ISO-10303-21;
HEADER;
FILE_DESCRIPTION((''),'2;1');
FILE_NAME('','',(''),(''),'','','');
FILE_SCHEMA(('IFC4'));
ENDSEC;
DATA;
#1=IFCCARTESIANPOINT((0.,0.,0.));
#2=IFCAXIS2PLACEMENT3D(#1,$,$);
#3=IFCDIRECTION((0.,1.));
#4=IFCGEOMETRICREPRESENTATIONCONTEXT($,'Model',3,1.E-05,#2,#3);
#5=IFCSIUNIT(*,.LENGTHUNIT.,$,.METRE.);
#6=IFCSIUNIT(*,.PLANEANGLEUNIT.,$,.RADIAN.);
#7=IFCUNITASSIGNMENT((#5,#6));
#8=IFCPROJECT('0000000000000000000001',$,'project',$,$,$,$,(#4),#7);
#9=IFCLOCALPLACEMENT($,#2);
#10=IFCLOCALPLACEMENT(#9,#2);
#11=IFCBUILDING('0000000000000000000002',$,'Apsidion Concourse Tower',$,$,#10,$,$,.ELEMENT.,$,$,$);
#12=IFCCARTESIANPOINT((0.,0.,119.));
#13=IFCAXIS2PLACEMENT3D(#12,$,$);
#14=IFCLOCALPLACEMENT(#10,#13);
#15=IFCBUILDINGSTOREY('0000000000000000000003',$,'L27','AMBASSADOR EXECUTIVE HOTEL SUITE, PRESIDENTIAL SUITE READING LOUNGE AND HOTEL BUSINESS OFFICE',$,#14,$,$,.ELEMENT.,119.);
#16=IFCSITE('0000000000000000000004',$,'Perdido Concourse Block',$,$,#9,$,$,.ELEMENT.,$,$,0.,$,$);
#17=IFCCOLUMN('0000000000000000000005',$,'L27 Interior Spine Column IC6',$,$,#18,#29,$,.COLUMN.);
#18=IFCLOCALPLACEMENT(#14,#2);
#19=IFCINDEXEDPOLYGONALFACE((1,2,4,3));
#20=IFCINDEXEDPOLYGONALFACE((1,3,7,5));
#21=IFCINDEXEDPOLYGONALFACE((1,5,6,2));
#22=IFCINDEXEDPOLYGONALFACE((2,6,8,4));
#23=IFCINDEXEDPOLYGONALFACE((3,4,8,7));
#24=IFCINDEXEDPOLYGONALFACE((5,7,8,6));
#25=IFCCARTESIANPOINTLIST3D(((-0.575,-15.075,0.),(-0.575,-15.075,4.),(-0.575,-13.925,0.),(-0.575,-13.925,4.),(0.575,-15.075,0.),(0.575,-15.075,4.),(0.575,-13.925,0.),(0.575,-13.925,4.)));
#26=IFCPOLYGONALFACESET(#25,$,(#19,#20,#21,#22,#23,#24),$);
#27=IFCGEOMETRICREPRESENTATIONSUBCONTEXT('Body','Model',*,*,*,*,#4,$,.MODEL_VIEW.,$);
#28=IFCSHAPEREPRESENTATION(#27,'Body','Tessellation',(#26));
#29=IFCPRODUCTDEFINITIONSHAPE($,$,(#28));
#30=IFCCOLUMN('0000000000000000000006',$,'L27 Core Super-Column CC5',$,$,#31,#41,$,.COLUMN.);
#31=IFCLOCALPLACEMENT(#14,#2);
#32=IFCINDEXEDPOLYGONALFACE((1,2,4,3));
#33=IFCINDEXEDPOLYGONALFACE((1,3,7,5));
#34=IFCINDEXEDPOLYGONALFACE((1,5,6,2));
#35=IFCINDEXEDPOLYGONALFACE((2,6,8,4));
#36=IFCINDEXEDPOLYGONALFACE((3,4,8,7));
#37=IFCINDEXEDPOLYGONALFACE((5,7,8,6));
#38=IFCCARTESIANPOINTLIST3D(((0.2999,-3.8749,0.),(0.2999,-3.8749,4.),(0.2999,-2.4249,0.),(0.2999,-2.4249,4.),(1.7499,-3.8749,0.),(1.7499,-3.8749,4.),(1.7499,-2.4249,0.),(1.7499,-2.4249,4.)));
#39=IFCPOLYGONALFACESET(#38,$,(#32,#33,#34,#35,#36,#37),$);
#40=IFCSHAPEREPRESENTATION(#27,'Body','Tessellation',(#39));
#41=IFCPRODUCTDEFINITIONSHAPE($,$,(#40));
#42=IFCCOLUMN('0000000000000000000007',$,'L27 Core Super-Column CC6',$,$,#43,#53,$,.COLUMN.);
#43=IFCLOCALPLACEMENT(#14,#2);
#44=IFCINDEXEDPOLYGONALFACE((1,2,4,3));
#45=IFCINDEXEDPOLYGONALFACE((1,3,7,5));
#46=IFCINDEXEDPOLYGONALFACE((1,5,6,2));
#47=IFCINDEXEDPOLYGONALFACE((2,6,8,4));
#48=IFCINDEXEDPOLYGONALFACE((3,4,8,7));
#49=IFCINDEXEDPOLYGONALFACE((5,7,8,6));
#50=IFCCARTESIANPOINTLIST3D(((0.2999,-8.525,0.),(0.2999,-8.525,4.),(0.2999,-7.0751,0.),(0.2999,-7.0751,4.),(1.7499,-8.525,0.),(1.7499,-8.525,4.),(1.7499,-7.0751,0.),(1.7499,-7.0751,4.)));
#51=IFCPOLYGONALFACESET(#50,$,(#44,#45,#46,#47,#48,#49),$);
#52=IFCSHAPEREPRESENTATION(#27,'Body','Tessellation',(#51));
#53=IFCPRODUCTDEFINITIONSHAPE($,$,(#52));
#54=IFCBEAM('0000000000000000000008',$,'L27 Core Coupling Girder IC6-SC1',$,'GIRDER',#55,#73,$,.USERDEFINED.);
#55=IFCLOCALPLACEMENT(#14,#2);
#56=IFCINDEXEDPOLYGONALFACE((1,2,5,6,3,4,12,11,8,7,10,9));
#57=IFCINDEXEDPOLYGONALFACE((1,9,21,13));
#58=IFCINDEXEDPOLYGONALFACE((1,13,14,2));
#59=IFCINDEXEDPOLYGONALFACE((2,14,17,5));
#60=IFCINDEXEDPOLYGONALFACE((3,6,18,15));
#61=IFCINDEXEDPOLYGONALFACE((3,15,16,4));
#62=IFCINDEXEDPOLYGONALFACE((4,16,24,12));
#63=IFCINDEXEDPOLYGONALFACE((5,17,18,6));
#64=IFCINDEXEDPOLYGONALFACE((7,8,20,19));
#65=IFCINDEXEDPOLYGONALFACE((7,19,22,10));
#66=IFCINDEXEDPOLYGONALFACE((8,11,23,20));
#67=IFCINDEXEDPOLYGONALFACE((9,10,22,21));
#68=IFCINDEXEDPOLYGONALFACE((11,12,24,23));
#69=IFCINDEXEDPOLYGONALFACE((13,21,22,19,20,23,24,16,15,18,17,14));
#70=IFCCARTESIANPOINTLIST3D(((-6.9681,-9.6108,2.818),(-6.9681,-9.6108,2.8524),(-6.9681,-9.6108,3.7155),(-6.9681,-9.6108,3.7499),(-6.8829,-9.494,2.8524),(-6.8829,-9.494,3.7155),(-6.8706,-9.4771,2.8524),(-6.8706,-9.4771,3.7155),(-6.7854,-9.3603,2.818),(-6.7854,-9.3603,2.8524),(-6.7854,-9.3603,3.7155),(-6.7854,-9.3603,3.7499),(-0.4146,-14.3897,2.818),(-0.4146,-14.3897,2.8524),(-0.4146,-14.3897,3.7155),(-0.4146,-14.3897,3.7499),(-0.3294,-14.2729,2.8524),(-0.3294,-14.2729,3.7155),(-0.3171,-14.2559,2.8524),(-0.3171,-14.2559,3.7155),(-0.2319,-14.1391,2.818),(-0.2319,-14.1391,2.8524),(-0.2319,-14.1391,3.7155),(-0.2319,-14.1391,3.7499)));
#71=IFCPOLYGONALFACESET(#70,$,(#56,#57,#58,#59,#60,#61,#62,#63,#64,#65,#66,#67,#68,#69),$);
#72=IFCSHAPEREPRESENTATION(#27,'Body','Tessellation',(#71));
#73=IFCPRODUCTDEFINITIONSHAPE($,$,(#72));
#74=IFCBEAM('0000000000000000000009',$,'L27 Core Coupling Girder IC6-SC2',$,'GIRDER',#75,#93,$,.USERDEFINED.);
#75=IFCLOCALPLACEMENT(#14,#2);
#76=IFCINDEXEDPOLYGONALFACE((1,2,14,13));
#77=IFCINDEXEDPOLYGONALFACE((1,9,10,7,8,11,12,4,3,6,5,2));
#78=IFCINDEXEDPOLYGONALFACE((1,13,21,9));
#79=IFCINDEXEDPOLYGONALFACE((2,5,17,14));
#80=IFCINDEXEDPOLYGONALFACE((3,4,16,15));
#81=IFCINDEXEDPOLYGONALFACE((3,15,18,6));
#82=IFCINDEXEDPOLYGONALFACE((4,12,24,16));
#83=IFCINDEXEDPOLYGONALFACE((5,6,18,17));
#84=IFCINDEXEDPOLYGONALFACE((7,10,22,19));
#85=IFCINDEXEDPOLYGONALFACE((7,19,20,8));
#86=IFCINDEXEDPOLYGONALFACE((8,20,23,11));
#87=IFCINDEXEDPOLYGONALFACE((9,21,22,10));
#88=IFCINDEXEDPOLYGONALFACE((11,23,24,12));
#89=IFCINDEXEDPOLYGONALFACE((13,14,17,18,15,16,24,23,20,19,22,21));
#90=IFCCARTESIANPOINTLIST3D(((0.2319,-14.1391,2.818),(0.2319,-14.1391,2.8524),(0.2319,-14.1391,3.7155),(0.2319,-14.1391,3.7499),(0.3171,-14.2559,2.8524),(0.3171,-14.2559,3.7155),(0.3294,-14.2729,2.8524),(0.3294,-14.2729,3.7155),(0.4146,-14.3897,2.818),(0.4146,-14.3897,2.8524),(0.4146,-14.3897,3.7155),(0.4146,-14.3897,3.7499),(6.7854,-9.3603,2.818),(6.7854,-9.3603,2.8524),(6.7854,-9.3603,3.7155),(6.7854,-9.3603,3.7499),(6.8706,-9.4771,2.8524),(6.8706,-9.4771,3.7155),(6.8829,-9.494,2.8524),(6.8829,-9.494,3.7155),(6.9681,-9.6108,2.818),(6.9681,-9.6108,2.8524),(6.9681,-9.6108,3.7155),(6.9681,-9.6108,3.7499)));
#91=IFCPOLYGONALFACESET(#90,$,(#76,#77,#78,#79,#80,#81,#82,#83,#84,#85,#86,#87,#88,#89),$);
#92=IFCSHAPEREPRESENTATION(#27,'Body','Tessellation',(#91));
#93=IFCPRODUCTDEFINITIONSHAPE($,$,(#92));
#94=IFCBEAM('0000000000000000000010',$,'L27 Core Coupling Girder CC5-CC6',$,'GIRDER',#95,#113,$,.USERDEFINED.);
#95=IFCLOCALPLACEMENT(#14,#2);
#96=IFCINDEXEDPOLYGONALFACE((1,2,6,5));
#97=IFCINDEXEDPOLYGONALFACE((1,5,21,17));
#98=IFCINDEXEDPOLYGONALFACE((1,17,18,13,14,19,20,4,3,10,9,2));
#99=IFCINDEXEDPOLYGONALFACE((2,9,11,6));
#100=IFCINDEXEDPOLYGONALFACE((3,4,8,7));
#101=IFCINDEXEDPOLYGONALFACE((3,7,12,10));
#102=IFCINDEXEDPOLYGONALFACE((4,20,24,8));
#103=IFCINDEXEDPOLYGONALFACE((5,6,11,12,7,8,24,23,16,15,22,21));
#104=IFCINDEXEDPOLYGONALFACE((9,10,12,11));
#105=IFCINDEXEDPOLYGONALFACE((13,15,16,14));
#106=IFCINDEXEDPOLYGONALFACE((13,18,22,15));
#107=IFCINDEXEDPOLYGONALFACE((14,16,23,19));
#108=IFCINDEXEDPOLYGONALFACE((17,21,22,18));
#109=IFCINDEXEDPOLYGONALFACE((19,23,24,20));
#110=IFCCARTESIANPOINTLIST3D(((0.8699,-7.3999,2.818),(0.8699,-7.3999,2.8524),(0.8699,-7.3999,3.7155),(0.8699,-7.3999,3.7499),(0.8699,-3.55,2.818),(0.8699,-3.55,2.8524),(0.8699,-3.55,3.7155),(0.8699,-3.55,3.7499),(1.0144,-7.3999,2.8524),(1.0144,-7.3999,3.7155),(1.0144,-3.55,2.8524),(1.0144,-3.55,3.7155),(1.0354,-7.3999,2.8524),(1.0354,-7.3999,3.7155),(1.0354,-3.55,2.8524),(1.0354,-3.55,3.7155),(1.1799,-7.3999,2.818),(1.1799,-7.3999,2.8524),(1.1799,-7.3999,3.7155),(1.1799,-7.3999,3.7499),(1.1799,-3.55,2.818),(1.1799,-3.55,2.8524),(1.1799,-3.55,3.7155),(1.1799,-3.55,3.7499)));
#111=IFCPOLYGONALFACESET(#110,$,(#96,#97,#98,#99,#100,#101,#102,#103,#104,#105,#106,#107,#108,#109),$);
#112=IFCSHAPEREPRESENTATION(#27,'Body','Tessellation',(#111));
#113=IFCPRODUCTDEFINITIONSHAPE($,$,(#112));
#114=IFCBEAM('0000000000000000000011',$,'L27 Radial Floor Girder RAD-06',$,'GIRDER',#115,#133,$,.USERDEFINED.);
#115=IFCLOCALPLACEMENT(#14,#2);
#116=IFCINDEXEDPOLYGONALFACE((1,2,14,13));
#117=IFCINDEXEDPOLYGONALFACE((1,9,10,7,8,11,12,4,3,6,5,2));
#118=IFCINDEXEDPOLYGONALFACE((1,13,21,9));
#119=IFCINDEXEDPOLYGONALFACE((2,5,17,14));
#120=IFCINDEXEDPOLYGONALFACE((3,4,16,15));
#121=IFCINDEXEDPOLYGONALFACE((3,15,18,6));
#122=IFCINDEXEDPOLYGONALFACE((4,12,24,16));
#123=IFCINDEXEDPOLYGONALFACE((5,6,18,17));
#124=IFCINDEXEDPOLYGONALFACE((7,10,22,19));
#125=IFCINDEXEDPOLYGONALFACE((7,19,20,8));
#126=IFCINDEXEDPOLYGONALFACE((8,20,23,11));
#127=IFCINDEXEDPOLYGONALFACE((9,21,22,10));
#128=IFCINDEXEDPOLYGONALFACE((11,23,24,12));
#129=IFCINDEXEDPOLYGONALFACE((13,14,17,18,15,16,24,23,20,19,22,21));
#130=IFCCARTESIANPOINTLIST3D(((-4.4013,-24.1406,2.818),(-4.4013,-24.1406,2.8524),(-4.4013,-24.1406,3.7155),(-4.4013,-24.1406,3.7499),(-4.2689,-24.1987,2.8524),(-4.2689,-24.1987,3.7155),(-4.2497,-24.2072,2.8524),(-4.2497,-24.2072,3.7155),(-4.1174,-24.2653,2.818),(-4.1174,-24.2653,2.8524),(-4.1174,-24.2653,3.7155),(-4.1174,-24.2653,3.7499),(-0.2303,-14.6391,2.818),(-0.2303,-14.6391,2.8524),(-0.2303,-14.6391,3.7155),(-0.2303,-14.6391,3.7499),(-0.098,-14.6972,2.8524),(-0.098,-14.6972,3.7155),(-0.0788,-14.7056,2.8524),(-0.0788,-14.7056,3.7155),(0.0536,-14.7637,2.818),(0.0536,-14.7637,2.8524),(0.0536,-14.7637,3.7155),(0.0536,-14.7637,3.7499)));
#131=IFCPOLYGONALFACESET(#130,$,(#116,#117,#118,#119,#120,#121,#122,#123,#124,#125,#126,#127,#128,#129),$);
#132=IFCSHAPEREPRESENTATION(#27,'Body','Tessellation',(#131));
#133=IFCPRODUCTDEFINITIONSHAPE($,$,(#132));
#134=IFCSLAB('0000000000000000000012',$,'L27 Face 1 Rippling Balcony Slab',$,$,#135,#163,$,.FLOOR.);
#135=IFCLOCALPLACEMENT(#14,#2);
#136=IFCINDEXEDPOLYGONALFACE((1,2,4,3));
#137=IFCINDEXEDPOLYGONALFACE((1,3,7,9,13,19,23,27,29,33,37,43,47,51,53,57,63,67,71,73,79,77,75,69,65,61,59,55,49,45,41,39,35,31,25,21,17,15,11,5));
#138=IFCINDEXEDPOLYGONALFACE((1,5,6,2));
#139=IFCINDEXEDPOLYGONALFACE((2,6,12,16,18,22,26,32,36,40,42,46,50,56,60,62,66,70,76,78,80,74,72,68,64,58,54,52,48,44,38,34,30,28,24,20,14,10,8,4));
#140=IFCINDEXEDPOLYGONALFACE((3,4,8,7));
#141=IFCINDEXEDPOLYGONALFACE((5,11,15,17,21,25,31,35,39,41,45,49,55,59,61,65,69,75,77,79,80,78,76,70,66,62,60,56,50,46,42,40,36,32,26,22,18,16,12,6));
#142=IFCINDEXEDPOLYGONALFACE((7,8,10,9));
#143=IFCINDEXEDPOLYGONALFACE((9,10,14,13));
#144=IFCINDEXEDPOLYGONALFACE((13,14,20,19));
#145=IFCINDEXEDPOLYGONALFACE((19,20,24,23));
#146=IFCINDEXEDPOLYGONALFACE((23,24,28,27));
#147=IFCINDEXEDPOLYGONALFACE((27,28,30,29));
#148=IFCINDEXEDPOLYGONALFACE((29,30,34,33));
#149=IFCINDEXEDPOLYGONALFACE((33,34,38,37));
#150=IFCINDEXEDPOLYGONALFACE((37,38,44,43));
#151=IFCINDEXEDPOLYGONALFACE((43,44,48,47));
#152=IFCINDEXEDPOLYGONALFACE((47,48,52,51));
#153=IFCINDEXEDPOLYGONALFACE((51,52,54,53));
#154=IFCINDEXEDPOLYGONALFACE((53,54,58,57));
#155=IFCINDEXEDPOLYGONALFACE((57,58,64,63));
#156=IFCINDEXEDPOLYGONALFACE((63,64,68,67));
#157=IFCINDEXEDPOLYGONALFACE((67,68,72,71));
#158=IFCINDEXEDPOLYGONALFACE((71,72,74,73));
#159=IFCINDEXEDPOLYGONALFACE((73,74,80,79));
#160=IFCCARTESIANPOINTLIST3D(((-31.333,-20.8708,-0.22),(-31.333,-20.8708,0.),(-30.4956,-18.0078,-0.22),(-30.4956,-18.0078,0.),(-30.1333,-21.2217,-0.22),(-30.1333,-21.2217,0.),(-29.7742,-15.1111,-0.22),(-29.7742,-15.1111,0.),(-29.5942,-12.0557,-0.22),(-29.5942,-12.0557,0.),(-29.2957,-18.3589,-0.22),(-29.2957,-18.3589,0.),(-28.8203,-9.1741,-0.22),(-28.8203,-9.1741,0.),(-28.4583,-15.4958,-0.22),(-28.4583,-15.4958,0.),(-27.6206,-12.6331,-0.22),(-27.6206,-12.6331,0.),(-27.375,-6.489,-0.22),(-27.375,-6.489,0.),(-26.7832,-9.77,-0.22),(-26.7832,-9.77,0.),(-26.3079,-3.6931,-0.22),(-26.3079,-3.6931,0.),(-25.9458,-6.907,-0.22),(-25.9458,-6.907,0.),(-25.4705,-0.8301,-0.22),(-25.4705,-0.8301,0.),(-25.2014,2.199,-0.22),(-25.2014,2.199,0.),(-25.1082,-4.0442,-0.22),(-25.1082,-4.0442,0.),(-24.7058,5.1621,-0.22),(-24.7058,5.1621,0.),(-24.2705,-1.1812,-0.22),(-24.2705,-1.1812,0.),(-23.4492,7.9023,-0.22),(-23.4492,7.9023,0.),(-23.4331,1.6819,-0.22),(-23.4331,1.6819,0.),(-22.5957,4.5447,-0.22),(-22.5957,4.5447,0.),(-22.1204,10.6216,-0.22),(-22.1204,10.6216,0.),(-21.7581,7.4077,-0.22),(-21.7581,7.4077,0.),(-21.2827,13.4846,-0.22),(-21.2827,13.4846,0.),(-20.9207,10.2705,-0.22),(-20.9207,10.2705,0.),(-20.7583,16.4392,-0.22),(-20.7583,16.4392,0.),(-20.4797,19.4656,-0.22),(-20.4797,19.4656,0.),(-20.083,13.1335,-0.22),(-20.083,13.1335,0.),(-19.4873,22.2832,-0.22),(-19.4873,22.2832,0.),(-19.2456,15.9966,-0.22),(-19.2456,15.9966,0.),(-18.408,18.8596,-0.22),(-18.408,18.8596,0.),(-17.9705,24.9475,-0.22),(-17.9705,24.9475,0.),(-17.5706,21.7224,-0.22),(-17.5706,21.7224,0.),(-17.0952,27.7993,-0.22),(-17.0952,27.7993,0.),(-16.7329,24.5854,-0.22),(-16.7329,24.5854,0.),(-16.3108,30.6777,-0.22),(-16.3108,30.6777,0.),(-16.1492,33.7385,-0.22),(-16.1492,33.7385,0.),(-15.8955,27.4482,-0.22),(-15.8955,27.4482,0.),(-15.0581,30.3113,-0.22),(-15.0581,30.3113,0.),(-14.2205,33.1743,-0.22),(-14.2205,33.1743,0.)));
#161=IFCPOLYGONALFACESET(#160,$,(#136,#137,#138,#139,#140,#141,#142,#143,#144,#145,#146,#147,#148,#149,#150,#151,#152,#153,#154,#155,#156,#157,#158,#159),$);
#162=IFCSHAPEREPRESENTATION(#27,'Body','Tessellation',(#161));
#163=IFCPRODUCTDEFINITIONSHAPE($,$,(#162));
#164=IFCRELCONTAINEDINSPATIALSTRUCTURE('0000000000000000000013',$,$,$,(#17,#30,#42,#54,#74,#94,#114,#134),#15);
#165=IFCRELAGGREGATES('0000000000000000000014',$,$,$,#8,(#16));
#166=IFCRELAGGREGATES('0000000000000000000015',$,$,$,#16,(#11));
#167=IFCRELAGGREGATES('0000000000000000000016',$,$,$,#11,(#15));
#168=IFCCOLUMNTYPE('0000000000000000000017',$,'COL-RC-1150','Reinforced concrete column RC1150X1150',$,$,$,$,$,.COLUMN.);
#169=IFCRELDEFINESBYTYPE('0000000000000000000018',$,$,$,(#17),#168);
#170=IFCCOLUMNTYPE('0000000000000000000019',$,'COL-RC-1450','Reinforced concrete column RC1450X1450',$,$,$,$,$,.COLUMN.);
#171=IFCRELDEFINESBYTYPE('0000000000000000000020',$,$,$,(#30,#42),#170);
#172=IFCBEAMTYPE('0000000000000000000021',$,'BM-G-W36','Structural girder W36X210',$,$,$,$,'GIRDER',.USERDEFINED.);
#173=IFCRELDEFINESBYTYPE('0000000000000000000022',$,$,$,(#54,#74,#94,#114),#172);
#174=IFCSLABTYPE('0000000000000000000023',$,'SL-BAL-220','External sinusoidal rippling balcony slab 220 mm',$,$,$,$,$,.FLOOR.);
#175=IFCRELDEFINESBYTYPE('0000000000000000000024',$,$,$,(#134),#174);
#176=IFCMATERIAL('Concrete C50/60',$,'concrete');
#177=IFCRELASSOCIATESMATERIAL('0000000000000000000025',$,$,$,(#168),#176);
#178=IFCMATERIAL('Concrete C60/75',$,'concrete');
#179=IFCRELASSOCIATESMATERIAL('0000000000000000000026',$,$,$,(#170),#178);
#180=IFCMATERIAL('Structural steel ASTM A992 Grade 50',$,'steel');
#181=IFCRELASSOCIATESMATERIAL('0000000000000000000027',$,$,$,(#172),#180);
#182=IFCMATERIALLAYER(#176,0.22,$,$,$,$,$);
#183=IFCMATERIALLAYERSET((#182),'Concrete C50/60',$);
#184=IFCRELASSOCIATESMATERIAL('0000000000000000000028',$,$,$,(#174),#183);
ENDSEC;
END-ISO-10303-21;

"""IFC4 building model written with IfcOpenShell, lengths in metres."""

from ifc_helpers import new_model, si_unit, direction, frame, origin, origin_2d, place, context, subcontext, project, spatial, polyline, rectangle, i_section, outline, extrude, material, layer, layer_set, material_profile, profile_set, type_object, element, save


model = new_model("IFC4")

# Units and contexts
model_context = context("Model", 3, precision=1e-05, world=origin(), true_north=direction((0.0, 1.0)))
body_context = subcontext(model_context, "Body", "Model", "MODEL_VIEW")
ifc_project = project(units=[si_unit("LENGTHUNIT", "METRE"), si_unit("PLANEANGLEUNIT", "RADIAN")], contexts=[model_context])

# Site, building, storey
site_placement = place(None, origin())
site = spatial("IfcSite", under=ifc_project, at=site_placement, Name="Perdido Concourse Block", CompositionType="ELEMENT", RefElevation=0.0)
building_placement = place(site_placement, origin())
building = spatial("IfcBuilding", under=site, at=building_placement, Name="Apsidion Concourse Tower", CompositionType="ELEMENT")
storey_placement = place(building_placement, frame((0.0, 0.0, 119.0)))
storey = spatial("IfcBuildingStorey", under=building, at=storey_placement, Name="L27", Description="AMBASSADOR EXECUTIVE HOTEL SUITE, PRESIDENTIAL SUITE READING LOUNGE AND HOTEL BUSINESS OFFICE", CompositionType="ELEMENT", Elevation=119.0)

# Columns
ifc_material_1 = material(Name="Concrete C50/60", Category="concrete")
ifc_material_profile_1 = material_profile(ifc_material_1, rectangle(XDim=1.1499, YDim=1.1499, at=origin_2d()), Name="RC 1150x1150")
ifc_profile_set_1 = profile_set([ifc_material_profile_1], Name="Concrete C50/60")
column_type_1 = type_object("IfcColumnType", Name="COL-RC-1150", Description="Reinforced concrete column RC1150X1150", PredefinedType="COLUMN", material=ifc_profile_set_1)
column_placement = place(storey_placement, frame((0.0, -14.5, 0.0), z_axis=(0.0, 0.0, 1.0), x_axis=(1.0, 0.0, 0.0)))
element("IfcColumn", 1, at=column_placement, inside=storey, type_object=column_type_1, Name="L27 Interior Spine Column IC6", PredefinedType="COLUMN", context=body_context, shape_type="SweptSolid", body=[
    extrude(rectangle(XDim=1.1499, YDim=1.1499, at=origin_2d()), origin(), (0.0, 0.0, 1.0), 4.0),
])
ifc_material_2 = material(Name="Concrete C60/75", Category="concrete")
ifc_material_profile_2 = material_profile(ifc_material_2, rectangle(XDim=1.45, YDim=1.45, at=origin_2d()), Name="RC 1450x1450")
ifc_profile_set_2 = profile_set([ifc_material_profile_2], Name="Concrete C60/75")
column_type_2 = type_object("IfcColumnType", Name="COL-RC-1450", Description="Reinforced concrete column RC1450X1450", PredefinedType="COLUMN", material=ifc_profile_set_2)
for number, where, z_axis, x_axis, name in (
    (2, (1.0249, -3.1499, 0.0), (0.0, 0.0, 1.0), (1.0, 0.0, 0.0), "L27 Core Super-Column CC5"),
    (3, (1.0249, -7.8, 0.0), (0.0, 0.0, 1.0), (1.0, 0.0, 0.0), "L27 Core Super-Column CC6"),
):
    element("IfcColumn", number, at=place(storey_placement, frame(where, z_axis=z_axis, x_axis=x_axis)), inside=storey, type_object=column_type_2, Name=name, PredefinedType="COLUMN", context=body_context, shape_type="SweptSolid", body=[
        extrude(rectangle(XDim=1.45, YDim=1.45, at=origin_2d()), origin(), (0.0, 0.0, 1.0), 4.0),
    ])

# Beams
ifc_material_3 = material(Name="Structural steel ASTM A992 Grade 50", Category="steel")
ifc_material_profile_3 = material_profile(ifc_material_3, i_section(OverallWidth=0.3101, OverallDepth=0.9319, WebThickness=0.021, FlangeThickness=0.0344, at=origin_2d()), Name="W36X210")
ifc_profile_set_3 = profile_set([ifc_material_profile_3], Name="Structural steel ASTM A992 Grade 50")
beam_type = type_object("IfcBeamType", Name="BM-G-W36", Description="Structural girder W36X210", ElementType="GIRDER", PredefinedType="USERDEFINED", material=ifc_profile_set_3)
for number, where, z_axis, x_axis, name in (
    (4, (-0.3232, -14.2644, 3.2839), (-0.807993, 0.589191, 0.0), (-0.589191, -0.807993, 0.0), "L27 Core Coupling Girder IC6-SC1"),
    (5, (0.3232, -14.2644, 3.2839), (0.807993, 0.589191, 0.0), (-0.589191, 0.807993, 0.0), "L27 Core Coupling Girder IC6-SC2"),
):
    element("IfcBeam", number, at=place(storey_placement, frame(where, z_axis=z_axis, x_axis=x_axis)), inside=storey, type_object=beam_type, Name=name, ObjectType="GIRDER", PredefinedType="USERDEFINED", context=body_context, shape_type="SweptSolid", body=[
        extrude(i_section(OverallWidth=0.3101, OverallDepth=0.9319, WebThickness=0.021, FlangeThickness=0.0344, at=origin_2d()), origin(), (0.0, 0.0, 1.0), 8.1108),
    ])
beam_1_placement = place(storey_placement, frame((1.0249, -3.55, 3.2839), z_axis=(0.0, -1.0, 0.0), x_axis=(1.0, 0.0, 0.0)))
element("IfcBeam", 6, at=beam_1_placement, inside=storey, type_object=beam_type, Name="L27 Core Coupling Girder CC5-CC6", ObjectType="GIRDER", PredefinedType="USERDEFINED", context=body_context, shape_type="SweptSolid", body=[
    extrude(i_section(OverallWidth=0.3101, OverallDepth=0.9319, WebThickness=0.021, FlangeThickness=0.0344, at=origin_2d()), origin(), (0.0, 0.0, 1.0), 3.8499),
])
beam_2_placement = place(storey_placement, frame((-0.0884, -14.7014, 3.2839), z_axis=(-0.401952, -0.915661, 0.0), x_axis=(0.915661, -0.401952, 0.0)))
element("IfcBeam", 7, at=beam_2_placement, inside=storey, type_object=beam_type, Name="L27 Radial Floor Girder RAD-06", ObjectType="GIRDER", PredefinedType="USERDEFINED", context=body_context, shape_type="SweptSolid", body=[
    extrude(i_section(OverallWidth=0.3101, OverallDepth=0.9319, WebThickness=0.021, FlangeThickness=0.0344, at=origin_2d()), origin(), (0.0, 0.0, 1.0), 10.3767),
])

# Slab
ifc_layer_1 = layer(ifc_material_1, 0.22)
ifc_layer_set_1 = layer_set([ifc_layer_1], Name="Concrete C50/60")
slab_type_1 = type_object("IfcSlabType", Name="SL-BAL-220", Description="External sinusoidal rippling balcony slab 220 mm", PredefinedType="FLOOR", material=ifc_layer_set_1)
slab_1_placement = place(storey_placement, frame((0.0, 0.0, -0.22)))
element("IfcSlab", 8, at=slab_1_placement, inside=storey, type_object=slab_type_1, Name="L27 Face 1 Rippling Balcony Slab", PredefinedType="FLOOR", context=body_context, shape_type="SweptSolid", body=[
    extrude(outline(polyline([(-14.2205, 33.1743), (-15.0581, 30.3113), (-15.8955, 27.4482), (-16.7329, 24.5854), (-17.5706, 21.7224), (-18.408, 18.8596), (-19.2456, 15.9966), (-20.083, 13.1335), (-20.9207, 10.2705), (-21.7581, 7.4077), (-22.5957, 4.5447), (-23.4331, 1.6819), (-24.2705, -1.1812), (-25.1082, -4.0442), (-25.9458, -6.907), (-26.7832, -9.77), (-27.6206, -12.6331), (-28.4583, -15.4958), (-29.2957, -18.3589), (-30.1333, -21.2217), (-31.333, -20.8708), (-30.4956, -18.0078), (-29.7742, -15.1111), (-29.5942, -12.0557), (-28.8203, -9.1741), (-27.375, -6.489), (-26.3079, -3.6931), (-25.4705, -0.8301), (-25.2014, 2.199), (-24.7058, 5.1621), (-23.4492, 7.9023), (-22.1204, 10.6216), (-21.2827, 13.4846), (-20.7583, 16.4392), (-20.4797, 19.4656), (-19.4873, 22.2832), (-17.9705, 24.9475), (-17.0952, 27.7993), (-16.3108, 30.6777), (-16.1492, 33.7385), (-14.2205, 33.1743)])), origin(), (0.0, 0.0, 1.0), 0.22),
])

save(model, "model.ifc")
